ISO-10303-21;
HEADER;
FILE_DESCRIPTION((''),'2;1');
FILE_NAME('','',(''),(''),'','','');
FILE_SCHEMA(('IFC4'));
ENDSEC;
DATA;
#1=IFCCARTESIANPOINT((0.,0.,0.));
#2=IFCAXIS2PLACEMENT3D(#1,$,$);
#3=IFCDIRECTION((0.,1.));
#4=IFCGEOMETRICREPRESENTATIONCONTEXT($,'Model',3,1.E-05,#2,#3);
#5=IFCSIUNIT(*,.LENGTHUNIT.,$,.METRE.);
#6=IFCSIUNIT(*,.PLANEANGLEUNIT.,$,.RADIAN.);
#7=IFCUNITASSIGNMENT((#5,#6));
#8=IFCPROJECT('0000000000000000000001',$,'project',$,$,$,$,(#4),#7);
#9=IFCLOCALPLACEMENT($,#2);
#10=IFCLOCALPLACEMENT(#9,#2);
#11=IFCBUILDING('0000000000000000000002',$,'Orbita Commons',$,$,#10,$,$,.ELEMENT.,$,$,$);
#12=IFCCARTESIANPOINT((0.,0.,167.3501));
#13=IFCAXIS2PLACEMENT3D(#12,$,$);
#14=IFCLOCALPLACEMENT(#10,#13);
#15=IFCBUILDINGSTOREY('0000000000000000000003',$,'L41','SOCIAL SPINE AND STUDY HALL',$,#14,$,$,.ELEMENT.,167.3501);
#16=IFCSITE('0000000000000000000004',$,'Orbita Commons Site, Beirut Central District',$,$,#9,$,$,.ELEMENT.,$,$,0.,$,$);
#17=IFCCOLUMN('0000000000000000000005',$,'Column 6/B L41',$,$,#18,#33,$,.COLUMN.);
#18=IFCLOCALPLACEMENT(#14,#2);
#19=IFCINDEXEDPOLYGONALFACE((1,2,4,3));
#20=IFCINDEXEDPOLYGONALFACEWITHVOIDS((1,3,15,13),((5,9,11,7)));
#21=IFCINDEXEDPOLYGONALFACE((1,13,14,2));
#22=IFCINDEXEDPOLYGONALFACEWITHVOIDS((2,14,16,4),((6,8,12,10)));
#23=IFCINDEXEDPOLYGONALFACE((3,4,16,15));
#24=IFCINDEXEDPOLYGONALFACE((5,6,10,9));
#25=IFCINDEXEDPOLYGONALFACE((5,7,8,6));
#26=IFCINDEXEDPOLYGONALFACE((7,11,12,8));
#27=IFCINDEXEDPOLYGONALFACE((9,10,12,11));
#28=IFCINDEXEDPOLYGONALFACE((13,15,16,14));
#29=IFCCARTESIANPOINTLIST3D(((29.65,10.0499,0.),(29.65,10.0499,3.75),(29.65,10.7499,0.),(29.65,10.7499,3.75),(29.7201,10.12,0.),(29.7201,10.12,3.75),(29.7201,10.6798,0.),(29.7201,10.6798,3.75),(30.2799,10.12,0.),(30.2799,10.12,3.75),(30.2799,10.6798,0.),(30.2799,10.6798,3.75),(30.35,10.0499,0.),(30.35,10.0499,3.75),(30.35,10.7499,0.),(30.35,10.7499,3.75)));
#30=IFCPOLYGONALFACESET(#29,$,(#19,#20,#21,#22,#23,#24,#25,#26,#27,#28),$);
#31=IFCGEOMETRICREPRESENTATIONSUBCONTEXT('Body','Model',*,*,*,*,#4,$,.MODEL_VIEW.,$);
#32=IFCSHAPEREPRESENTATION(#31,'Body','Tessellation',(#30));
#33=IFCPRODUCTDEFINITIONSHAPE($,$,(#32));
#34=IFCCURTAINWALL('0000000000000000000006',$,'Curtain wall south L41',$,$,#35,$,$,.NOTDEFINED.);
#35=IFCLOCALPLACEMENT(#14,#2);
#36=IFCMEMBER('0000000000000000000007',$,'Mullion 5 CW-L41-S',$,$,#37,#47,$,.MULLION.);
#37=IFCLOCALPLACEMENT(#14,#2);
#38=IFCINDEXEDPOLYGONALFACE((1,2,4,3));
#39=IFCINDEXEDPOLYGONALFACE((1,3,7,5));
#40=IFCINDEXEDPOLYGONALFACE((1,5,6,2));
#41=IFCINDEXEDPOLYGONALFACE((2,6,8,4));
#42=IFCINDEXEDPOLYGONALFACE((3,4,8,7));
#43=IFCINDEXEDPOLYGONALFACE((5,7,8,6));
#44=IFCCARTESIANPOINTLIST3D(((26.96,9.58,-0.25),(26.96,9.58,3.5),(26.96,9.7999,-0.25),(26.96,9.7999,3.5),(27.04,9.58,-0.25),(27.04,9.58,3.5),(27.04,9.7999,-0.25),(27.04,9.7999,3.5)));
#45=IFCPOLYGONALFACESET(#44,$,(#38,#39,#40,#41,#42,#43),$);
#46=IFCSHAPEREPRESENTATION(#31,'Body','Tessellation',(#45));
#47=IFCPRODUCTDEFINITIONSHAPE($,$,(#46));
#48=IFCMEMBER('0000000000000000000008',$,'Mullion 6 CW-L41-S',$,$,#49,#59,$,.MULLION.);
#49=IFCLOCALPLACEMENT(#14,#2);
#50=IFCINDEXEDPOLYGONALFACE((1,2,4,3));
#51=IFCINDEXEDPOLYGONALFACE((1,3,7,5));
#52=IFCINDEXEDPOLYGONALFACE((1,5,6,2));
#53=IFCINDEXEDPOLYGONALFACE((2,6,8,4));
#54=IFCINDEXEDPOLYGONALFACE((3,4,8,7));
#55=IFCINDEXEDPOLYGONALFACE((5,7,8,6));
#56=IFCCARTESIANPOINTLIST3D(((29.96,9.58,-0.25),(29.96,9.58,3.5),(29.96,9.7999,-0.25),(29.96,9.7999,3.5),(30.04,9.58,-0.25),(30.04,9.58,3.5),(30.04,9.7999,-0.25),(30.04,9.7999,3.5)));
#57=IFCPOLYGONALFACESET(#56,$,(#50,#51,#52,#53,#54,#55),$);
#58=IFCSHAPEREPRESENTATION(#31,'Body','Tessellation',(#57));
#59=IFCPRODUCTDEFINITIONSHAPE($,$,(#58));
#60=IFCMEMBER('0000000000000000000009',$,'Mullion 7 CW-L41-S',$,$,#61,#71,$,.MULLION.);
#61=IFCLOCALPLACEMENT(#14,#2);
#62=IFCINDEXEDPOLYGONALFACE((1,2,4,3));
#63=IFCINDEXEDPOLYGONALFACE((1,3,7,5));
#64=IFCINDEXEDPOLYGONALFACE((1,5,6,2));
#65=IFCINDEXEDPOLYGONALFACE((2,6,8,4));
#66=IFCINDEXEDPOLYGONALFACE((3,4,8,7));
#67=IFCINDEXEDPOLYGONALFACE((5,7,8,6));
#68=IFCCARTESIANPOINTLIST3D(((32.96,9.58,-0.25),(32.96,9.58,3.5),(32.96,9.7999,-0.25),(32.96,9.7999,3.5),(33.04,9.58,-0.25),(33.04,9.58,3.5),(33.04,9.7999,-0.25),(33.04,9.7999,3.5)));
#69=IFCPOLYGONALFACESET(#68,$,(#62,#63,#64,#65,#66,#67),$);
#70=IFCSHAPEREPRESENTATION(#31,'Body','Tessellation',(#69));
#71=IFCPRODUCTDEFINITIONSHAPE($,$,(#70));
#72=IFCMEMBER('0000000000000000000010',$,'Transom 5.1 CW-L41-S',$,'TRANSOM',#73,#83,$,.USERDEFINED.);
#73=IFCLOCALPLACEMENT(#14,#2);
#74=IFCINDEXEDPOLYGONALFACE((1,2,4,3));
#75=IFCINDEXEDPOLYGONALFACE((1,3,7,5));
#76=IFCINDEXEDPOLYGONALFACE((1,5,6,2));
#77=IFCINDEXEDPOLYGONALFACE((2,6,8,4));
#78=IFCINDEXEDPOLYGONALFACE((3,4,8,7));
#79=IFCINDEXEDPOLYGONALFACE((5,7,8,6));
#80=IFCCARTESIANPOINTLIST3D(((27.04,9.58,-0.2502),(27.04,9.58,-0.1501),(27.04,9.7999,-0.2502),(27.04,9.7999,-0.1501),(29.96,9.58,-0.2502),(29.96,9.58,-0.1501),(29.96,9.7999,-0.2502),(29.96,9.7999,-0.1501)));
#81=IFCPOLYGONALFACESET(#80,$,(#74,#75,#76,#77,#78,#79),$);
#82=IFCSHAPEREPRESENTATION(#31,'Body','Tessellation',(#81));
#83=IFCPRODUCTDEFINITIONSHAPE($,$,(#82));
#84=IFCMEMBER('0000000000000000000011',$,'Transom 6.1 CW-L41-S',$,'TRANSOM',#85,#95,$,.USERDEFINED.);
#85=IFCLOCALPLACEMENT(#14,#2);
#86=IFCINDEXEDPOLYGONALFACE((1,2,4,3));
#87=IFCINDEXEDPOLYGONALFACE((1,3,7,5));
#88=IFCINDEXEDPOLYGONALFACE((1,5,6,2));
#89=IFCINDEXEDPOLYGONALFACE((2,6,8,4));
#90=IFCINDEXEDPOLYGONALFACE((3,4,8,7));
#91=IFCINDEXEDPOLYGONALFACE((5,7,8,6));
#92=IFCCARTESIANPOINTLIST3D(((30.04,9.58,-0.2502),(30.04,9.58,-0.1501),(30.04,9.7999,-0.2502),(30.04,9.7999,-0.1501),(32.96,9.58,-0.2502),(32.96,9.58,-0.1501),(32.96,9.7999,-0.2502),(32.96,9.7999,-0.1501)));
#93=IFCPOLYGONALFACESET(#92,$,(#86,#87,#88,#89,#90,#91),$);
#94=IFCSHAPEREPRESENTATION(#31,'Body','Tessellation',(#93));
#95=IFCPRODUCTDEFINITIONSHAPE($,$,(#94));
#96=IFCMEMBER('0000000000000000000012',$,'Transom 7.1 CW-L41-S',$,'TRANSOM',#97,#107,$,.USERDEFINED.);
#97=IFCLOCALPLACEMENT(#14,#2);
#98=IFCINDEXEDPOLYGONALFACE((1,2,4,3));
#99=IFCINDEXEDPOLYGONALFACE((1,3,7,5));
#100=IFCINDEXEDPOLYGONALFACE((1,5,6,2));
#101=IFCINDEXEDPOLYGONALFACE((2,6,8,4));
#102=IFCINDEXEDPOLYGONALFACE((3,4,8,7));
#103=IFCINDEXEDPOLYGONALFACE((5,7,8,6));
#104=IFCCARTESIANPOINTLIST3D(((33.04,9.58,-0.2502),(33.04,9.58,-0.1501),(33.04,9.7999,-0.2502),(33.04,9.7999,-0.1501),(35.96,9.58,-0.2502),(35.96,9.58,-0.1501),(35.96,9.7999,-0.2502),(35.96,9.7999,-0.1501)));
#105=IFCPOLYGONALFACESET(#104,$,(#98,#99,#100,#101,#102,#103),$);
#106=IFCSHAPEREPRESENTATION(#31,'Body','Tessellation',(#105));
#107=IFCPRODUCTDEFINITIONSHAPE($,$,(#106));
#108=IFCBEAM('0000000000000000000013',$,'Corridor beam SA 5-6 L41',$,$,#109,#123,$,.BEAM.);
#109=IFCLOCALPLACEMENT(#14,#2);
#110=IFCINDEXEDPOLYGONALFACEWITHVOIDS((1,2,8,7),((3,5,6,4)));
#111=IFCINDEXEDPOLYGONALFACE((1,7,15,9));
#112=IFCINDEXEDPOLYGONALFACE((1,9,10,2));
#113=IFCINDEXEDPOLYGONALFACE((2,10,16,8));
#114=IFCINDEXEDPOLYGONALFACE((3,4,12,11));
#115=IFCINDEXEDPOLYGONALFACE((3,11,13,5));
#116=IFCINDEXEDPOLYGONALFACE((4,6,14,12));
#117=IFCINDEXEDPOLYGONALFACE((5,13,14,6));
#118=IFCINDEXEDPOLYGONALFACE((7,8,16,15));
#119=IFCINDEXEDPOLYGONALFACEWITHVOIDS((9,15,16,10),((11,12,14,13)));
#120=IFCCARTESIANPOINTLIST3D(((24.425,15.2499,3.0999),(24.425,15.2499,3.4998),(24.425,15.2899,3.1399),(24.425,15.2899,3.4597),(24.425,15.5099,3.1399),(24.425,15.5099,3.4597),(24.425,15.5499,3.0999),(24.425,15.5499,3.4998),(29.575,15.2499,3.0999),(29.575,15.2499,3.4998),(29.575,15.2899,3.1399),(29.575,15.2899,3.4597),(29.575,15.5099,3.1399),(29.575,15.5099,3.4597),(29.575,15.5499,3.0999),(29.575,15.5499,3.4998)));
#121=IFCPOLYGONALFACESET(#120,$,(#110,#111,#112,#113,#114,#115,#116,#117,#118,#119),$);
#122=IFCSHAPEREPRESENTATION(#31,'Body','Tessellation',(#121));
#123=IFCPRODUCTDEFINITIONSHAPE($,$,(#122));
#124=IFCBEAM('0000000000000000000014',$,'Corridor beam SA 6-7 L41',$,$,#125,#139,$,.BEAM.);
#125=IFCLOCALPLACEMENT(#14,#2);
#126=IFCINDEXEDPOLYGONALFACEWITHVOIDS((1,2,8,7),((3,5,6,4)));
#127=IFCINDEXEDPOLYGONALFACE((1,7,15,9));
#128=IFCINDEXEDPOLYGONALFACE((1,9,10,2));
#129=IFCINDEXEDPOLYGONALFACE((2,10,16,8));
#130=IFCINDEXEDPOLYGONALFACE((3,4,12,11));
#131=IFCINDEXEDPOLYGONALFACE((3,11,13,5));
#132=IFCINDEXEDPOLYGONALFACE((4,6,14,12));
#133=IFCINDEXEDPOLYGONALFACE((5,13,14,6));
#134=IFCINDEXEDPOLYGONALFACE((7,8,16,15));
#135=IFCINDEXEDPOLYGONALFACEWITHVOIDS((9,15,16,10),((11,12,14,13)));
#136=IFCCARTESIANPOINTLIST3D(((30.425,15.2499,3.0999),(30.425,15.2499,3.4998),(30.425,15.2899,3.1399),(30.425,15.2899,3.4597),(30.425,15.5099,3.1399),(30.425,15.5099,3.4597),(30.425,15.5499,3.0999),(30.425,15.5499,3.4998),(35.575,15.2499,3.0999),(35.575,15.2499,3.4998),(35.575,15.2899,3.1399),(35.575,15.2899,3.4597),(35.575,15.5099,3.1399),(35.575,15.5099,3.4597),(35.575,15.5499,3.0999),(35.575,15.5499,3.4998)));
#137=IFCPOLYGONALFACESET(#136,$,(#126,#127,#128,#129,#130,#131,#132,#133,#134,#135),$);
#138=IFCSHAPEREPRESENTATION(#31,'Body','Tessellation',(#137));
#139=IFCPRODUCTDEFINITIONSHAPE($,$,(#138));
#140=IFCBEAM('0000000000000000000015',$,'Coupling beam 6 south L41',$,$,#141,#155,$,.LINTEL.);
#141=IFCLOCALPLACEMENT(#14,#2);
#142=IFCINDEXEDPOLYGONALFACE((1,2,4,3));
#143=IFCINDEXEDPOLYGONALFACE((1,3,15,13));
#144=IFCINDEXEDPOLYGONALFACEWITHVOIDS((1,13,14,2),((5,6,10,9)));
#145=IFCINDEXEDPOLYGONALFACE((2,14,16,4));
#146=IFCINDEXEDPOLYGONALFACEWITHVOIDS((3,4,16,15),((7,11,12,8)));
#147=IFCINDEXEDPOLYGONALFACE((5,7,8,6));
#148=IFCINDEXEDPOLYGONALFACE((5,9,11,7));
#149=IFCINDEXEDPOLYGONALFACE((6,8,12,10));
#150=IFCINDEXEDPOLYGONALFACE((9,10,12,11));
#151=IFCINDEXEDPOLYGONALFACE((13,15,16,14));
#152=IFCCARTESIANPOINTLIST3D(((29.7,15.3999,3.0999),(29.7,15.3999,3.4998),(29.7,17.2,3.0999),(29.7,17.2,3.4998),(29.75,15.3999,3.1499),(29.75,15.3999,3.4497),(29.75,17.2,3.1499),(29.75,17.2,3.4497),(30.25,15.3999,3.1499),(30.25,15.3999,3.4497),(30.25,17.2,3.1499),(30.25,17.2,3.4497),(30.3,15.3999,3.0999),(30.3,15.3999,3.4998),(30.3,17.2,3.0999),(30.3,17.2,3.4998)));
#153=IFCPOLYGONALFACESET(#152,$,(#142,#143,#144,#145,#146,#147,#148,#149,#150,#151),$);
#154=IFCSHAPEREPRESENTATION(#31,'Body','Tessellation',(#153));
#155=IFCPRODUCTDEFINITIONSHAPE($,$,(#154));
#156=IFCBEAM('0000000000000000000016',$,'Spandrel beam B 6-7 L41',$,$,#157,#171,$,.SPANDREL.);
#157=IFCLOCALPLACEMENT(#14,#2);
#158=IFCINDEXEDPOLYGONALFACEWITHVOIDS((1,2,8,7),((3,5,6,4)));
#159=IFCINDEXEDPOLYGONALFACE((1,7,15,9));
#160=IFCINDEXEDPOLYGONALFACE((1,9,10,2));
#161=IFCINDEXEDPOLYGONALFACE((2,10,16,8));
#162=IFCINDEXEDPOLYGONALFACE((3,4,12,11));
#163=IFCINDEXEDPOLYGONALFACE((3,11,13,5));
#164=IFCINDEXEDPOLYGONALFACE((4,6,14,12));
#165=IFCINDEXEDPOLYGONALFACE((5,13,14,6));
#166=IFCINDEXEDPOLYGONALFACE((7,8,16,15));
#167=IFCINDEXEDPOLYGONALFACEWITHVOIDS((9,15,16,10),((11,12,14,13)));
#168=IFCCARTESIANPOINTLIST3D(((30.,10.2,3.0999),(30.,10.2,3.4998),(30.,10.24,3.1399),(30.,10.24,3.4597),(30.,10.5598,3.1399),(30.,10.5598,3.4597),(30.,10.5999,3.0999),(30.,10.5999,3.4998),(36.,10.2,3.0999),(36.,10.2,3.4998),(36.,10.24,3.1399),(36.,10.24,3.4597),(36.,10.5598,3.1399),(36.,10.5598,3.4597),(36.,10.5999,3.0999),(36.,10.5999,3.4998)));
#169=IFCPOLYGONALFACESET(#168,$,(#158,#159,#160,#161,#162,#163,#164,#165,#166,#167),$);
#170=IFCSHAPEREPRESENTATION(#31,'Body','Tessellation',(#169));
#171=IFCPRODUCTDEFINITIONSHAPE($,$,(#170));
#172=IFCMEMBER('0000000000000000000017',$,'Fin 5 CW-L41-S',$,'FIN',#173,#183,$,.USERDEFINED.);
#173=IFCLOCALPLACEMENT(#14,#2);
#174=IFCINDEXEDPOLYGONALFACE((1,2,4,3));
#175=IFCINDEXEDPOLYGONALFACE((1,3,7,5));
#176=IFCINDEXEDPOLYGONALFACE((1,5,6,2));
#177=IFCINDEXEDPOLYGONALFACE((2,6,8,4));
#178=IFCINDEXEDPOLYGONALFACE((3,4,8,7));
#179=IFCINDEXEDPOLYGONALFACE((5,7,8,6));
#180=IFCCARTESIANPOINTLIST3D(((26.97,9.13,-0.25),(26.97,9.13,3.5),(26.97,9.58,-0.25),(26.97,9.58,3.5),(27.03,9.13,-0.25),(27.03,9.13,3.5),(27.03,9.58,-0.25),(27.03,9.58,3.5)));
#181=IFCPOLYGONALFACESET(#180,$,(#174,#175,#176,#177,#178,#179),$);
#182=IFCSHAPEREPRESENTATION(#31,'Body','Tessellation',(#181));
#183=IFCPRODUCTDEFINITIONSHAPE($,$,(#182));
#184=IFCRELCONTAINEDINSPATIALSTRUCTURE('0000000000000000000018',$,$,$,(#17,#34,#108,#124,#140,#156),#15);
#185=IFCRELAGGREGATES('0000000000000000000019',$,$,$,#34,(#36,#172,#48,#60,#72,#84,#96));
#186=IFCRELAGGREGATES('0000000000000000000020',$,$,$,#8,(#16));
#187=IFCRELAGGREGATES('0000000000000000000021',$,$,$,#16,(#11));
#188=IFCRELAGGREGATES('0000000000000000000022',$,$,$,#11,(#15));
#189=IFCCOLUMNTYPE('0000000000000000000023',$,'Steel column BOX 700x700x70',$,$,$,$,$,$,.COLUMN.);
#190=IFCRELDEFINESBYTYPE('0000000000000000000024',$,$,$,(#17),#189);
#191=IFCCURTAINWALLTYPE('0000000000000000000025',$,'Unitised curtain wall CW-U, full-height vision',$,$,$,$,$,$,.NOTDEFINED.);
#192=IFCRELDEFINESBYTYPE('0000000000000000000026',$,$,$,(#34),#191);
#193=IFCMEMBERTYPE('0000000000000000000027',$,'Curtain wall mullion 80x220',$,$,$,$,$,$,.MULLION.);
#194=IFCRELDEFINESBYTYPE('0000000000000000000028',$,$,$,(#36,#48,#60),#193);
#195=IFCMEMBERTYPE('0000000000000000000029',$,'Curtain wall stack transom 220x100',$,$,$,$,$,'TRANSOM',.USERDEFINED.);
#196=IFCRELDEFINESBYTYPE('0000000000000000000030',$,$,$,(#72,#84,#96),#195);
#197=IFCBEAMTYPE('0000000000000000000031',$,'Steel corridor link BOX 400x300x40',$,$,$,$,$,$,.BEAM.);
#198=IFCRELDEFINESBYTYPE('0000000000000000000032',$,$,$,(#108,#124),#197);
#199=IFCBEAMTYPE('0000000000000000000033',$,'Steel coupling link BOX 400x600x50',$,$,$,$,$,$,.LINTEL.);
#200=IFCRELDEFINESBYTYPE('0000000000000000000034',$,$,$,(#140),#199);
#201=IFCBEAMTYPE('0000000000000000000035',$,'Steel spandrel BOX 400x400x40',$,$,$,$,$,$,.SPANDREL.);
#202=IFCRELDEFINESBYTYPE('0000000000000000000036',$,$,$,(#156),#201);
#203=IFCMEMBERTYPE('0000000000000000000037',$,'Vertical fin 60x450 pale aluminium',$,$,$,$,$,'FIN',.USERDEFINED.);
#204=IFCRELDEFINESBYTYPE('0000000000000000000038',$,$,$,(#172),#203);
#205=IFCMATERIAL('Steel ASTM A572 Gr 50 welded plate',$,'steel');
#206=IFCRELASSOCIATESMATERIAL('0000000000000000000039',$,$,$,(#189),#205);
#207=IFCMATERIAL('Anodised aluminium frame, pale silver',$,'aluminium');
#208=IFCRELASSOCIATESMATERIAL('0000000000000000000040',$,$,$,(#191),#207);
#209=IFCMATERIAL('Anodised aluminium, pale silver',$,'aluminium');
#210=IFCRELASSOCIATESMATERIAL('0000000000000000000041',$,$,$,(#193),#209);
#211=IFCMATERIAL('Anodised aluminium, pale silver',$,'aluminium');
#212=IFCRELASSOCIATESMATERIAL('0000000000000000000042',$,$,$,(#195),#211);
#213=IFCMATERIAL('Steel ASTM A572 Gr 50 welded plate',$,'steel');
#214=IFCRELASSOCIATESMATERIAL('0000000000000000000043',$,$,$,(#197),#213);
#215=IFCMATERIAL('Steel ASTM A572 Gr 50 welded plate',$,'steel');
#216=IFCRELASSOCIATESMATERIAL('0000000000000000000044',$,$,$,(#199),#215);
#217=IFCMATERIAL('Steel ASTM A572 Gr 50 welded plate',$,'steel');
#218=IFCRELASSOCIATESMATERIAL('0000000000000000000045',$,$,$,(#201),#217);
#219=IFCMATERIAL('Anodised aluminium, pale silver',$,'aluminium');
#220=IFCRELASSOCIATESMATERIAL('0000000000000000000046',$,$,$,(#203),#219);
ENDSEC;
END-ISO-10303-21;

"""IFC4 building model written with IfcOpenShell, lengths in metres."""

from ifc_helpers import new_model, si_unit, direction, frame, origin, origin_2d, place, context, subcontext, project, spatial, rectangle, hollow_rectangle, extrude, material, material_profile, profile_set, type_object, element, aggregate, save


model = new_model("IFC4")

# Units and contexts
model_context = context("Model", 3, precision=1e-05, world=origin(), true_north=direction((0.0, 1.0)))
body_context = subcontext(model_context, "Body", "Model", "MODEL_VIEW")
ifc_project = project(units=[si_unit("LENGTHUNIT", "METRE"), si_unit("PLANEANGLEUNIT", "RADIAN")], contexts=[model_context])

# Site, building, storey
site_placement = place(None, origin())
site = spatial("IfcSite", under=ifc_project, at=site_placement, Name="Orbita Commons Site, Beirut Central District", CompositionType="ELEMENT", RefElevation=0.0)
building_placement = place(site_placement, origin())
building = spatial("IfcBuilding", under=site, at=building_placement, Name="Orbita Commons", CompositionType="ELEMENT")
storey_placement = place(building_placement, frame((0.0, 0.0, 167.3501)))
storey = spatial("IfcBuildingStorey", under=building, at=storey_placement, Name="L41", Description="SOCIAL SPINE AND STUDY HALL", CompositionType="ELEMENT", Elevation=167.3501)

# Column
ifc_material_1 = material(Name="Steel ASTM A572 Gr 50 welded plate", Category="steel")
ifc_material_profile_1 = material_profile(ifc_material_1, hollow_rectangle(XDim=0.7, YDim=0.7, WallThickness=0.0701, at=origin_2d()), Name="BOX 700x700x70")
ifc_profile_set_1 = profile_set([ifc_material_profile_1], Name="Steel ASTM A572 Gr 50 welded plate")
column_type = type_object("IfcColumnType", Name="Steel column BOX 700x700x70", PredefinedType="COLUMN", material=ifc_profile_set_1)
column_placement = place(storey_placement, frame((30.0, 10.3999, 0.0), z_axis=(0.0, 0.0, 1.0), x_axis=(1.0, 0.0, 0.0)))
element("IfcColumn", 1, at=column_placement, inside=storey, type_object=column_type, Name="Column 6/B L41", PredefinedType="COLUMN", context=body_context, shape_type="SweptSolid", body=[
    extrude(hollow_rectangle(XDim=0.7, YDim=0.7, WallThickness=0.0701, at=origin_2d()), origin(), (0.0, 0.0, 1.0), 3.75),
])

# Curtain wall, members
ifc_material_2 = material(Name="Anodised aluminium frame, pale silver", Category="aluminium")
curtain_wall_type = type_object("IfcCurtainWallType", Name="Unitised curtain wall CW-U, full-height vision", PredefinedType="NOTDEFINED", material=ifc_material_2)
curtain_wall_placement = place(storey_placement, origin())
curtain_wall = element("IfcCurtainWall", 2, at=curtain_wall_placement, inside=storey, type_object=curtain_wall_type, Name="Curtain wall south L41", PredefinedType="NOTDEFINED")
ifc_material_3 = material(Name="Anodised aluminium, pale silver", Category="aluminium")
ifc_material_profile_2 = material_profile(ifc_material_3, rectangle(XDim=0.0801, YDim=0.22, at=origin_2d()), Name="AL 80x220")
ifc_profile_set_2 = profile_set([ifc_material_profile_2], Name="Anodised aluminium, pale silver")
member_type_1 = type_object("IfcMemberType", Name="Curtain wall mullion 80x220", PredefinedType="MULLION", material=ifc_profile_set_2)
member_1_placement = place(storey_placement, frame((27.0, 9.6899, -0.25), z_axis=(0.0, 0.0, 1.0), x_axis=(1.0, 0.0, 0.0)))
member_1 = element("IfcMember", 3, at=member_1_placement, type_object=member_type_1, Name="Mullion 5 CW-L41-S", PredefinedType="MULLION", context=body_context, shape_type="SweptSolid", body=[
    extrude(rectangle(XDim=0.0801, YDim=0.22, at=origin_2d()), origin(), (0.0, 0.0, 1.0), 3.75),
])
member_2_placement = place(storey_placement, frame((30.0, 9.6899, -0.25), z_axis=(0.0, 0.0, 1.0), x_axis=(1.0, 0.0, 0.0)))
member_2 = element("IfcMember", 4, at=member_2_placement, type_object=member_type_1, Name="Mullion 6 CW-L41-S", PredefinedType="MULLION", context=body_context, shape_type="SweptSolid", body=[
    extrude(rectangle(XDim=0.0801, YDim=0.22, at=origin_2d()), origin(), (0.0, 0.0, 1.0), 3.75),
])
member_3_placement = place(storey_placement, frame((33.0, 9.6899, -0.25), z_axis=(0.0, 0.0, 1.0), x_axis=(1.0, 0.0, 0.0)))
member_3 = element("IfcMember", 5, at=member_3_placement, type_object=member_type_1, Name="Mullion 7 CW-L41-S", PredefinedType="MULLION", context=body_context, shape_type="SweptSolid", body=[
    extrude(rectangle(XDim=0.0801, YDim=0.22, at=origin_2d()), origin(), (0.0, 0.0, 1.0), 3.75),
])
ifc_material_4 = material(Name="Anodised aluminium, pale silver", Category="aluminium")
ifc_material_profile_3 = material_profile(ifc_material_4, rectangle(XDim=0.22, YDim=0.1001, at=origin_2d()), Name="AL 220x100")
ifc_profile_set_3 = profile_set([ifc_material_profile_3], Name="Anodised aluminium, pale silver")
member_type_2 = type_object("IfcMemberType", Name="Curtain wall stack transom 220x100", ElementType="TRANSOM", PredefinedType="USERDEFINED", material=ifc_profile_set_3)
member_4_placement = place(storey_placement, frame((27.04, 9.6899, -0.2002), z_axis=(1.0, 0.0, 0.0), x_axis=(0.0, 1.0, 0.0)))
member_4 = element("IfcMember", 6, at=member_4_placement, type_object=member_type_2, Name="Transom 5.1 CW-L41-S", ObjectType="TRANSOM", PredefinedType="USERDEFINED", context=body_context, shape_type="SweptSolid", body=[
    extrude(rectangle(XDim=0.22, YDim=0.1001, at=origin_2d()), origin(), (0.0, 0.0, 1.0), 2.9199),
])
member_5_placement = place(storey_placement, frame((30.04, 9.6899, -0.2002), z_axis=(1.0, 0.0, 0.0), x_axis=(0.0, 1.0, 0.0)))
member_5 = element("IfcMember", 7, at=member_5_placement, type_object=member_type_2, Name="Transom 6.1 CW-L41-S", ObjectType="TRANSOM", PredefinedType="USERDEFINED", context=body_context, shape_type="SweptSolid", body=[
    extrude(rectangle(XDim=0.22, YDim=0.1001, at=origin_2d()), origin(), (0.0, 0.0, 1.0), 2.9199),
])
member_6_placement = place(storey_placement, frame((33.04, 9.6899, -0.2002), z_axis=(1.0, 0.0, 0.0), x_axis=(0.0, 1.0, 0.0)))
member_6 = element("IfcMember", 8, at=member_6_placement, type_object=member_type_2, Name="Transom 7.1 CW-L41-S", ObjectType="TRANSOM", PredefinedType="USERDEFINED", context=body_context, shape_type="SweptSolid", body=[
    extrude(rectangle(XDim=0.22, YDim=0.1001, at=origin_2d()), origin(), (0.0, 0.0, 1.0), 2.9199),
])

# Beams
ifc_material_5 = material(Name="Steel ASTM A572 Gr 50 welded plate", Category="steel")
ifc_material_profile_4 = material_profile(ifc_material_5, hollow_rectangle(XDim=0.3, YDim=0.3999, WallThickness=0.04, at=origin_2d()), Name="BOX 400x300x40")
ifc_profile_set_4 = profile_set([ifc_material_profile_4], Name="Steel ASTM A572 Gr 50 welded plate")
beam_type_1 = type_object("IfcBeamType", Name="Steel corridor link BOX 400x300x40", PredefinedType="BEAM", material=ifc_profile_set_4)
for number, where, z_axis, x_axis, name in (
    (9, (24.425, 15.3999, 3.2998), (1.0, 0.0, 0.0), (0.0, 1.0, 0.0), "Corridor beam SA 5-6 L41"),
    (10, (30.425, 15.3999, 3.2998), (1.0, 0.0, 0.0), (0.0, 1.0, 0.0), "Corridor beam SA 6-7 L41"),
):
    element("IfcBeam", number, at=place(storey_placement, frame(where, z_axis=z_axis, x_axis=x_axis)), inside=storey, type_object=beam_type_1, Name=name, PredefinedType="BEAM", context=body_context, shape_type="SweptSolid", body=[
        extrude(hollow_rectangle(XDim=0.3, YDim=0.3999, WallThickness=0.04, at=origin_2d()), origin(), (0.0, 0.0, 1.0), 5.1499),
    ])
ifc_material_6 = material(Name="Steel ASTM A572 Gr 50 welded plate", Category="steel")
ifc_material_profile_5 = material_profile(ifc_material_6, hollow_rectangle(XDim=0.6001, YDim=0.3999, WallThickness=0.05, at=origin_2d()), Name="BOX 400x600x50")
ifc_profile_set_5 = profile_set([ifc_material_profile_5], Name="Steel ASTM A572 Gr 50 welded plate")
beam_type_2 = type_object("IfcBeamType", Name="Steel coupling link BOX 400x600x50", PredefinedType="LINTEL", material=ifc_profile_set_5)
beam_1_placement = place(storey_placement, frame((30.0, 15.3999, 3.2998), z_axis=(0.0, 1.0, 0.0), x_axis=(-1.0, 0.0, 0.0)))
element("IfcBeam", 11, at=beam_1_placement, inside=storey, type_object=beam_type_2, Name="Coupling beam 6 south L41", PredefinedType="LINTEL", context=body_context, shape_type="SweptSolid", body=[
    extrude(hollow_rectangle(XDim=0.6001, YDim=0.3999, WallThickness=0.05, at=origin_2d()), origin(), (0.0, 0.0, 1.0), 1.8),
])
ifc_material_7 = material(Name="Steel ASTM A572 Gr 50 welded plate", Category="steel")
ifc_material_profile_6 = material_profile(ifc_material_7, hollow_rectangle(XDim=0.3999, YDim=0.3999, WallThickness=0.04, at=origin_2d()), Name="BOX 400x400x40")
ifc_profile_set_6 = profile_set([ifc_material_profile_6], Name="Steel ASTM A572 Gr 50 welded plate")
beam_type_3 = type_object("IfcBeamType", Name="Steel spandrel BOX 400x400x40", PredefinedType="SPANDREL", material=ifc_profile_set_6)
beam_2_placement = place(storey_placement, frame((30.0, 10.3999, 3.2998), z_axis=(1.0, 0.0, 0.0), x_axis=(0.0, 1.0, 0.0)))
element("IfcBeam", 12, at=beam_2_placement, inside=storey, type_object=beam_type_3, Name="Spandrel beam B 6-7 L41", PredefinedType="SPANDREL", context=body_context, shape_type="SweptSolid", body=[
    extrude(hollow_rectangle(XDim=0.3999, YDim=0.3999, WallThickness=0.04, at=origin_2d()), origin(), (0.0, 0.0, 1.0), 6.0),
])

# Member
ifc_material_8 = material(Name="Anodised aluminium, pale silver", Category="aluminium")
ifc_material_profile_7 = material_profile(ifc_material_8, rectangle(XDim=0.0601, YDim=0.45, at=origin_2d()), Name="FIN 60x450")
ifc_profile_set_7 = profile_set([ifc_material_profile_7], Name="Anodised aluminium, pale silver")
member_type_3 = type_object("IfcMemberType", Name="Vertical fin 60x450 pale aluminium", ElementType="FIN", PredefinedType="USERDEFINED", material=ifc_profile_set_7)
member_7_placement = place(storey_placement, frame((27.0, 9.355, -0.25), z_axis=(0.0, 0.0, 1.0), x_axis=(1.0, 0.0, 0.0)))
member_7 = element("IfcMember", 13, at=member_7_placement, type_object=member_type_3, Name="Fin 5 CW-L41-S", ObjectType="FIN", PredefinedType="USERDEFINED", context=body_context, shape_type="SweptSolid", body=[
    extrude(rectangle(XDim=0.0601, YDim=0.45, at=origin_2d()), origin(), (0.0, 0.0, 1.0), 3.75),
])

aggregate(curtain_wall, [member_1, member_7, member_2, member_3, member_4, member_5, member_6])

save(model, "model.ifc")
